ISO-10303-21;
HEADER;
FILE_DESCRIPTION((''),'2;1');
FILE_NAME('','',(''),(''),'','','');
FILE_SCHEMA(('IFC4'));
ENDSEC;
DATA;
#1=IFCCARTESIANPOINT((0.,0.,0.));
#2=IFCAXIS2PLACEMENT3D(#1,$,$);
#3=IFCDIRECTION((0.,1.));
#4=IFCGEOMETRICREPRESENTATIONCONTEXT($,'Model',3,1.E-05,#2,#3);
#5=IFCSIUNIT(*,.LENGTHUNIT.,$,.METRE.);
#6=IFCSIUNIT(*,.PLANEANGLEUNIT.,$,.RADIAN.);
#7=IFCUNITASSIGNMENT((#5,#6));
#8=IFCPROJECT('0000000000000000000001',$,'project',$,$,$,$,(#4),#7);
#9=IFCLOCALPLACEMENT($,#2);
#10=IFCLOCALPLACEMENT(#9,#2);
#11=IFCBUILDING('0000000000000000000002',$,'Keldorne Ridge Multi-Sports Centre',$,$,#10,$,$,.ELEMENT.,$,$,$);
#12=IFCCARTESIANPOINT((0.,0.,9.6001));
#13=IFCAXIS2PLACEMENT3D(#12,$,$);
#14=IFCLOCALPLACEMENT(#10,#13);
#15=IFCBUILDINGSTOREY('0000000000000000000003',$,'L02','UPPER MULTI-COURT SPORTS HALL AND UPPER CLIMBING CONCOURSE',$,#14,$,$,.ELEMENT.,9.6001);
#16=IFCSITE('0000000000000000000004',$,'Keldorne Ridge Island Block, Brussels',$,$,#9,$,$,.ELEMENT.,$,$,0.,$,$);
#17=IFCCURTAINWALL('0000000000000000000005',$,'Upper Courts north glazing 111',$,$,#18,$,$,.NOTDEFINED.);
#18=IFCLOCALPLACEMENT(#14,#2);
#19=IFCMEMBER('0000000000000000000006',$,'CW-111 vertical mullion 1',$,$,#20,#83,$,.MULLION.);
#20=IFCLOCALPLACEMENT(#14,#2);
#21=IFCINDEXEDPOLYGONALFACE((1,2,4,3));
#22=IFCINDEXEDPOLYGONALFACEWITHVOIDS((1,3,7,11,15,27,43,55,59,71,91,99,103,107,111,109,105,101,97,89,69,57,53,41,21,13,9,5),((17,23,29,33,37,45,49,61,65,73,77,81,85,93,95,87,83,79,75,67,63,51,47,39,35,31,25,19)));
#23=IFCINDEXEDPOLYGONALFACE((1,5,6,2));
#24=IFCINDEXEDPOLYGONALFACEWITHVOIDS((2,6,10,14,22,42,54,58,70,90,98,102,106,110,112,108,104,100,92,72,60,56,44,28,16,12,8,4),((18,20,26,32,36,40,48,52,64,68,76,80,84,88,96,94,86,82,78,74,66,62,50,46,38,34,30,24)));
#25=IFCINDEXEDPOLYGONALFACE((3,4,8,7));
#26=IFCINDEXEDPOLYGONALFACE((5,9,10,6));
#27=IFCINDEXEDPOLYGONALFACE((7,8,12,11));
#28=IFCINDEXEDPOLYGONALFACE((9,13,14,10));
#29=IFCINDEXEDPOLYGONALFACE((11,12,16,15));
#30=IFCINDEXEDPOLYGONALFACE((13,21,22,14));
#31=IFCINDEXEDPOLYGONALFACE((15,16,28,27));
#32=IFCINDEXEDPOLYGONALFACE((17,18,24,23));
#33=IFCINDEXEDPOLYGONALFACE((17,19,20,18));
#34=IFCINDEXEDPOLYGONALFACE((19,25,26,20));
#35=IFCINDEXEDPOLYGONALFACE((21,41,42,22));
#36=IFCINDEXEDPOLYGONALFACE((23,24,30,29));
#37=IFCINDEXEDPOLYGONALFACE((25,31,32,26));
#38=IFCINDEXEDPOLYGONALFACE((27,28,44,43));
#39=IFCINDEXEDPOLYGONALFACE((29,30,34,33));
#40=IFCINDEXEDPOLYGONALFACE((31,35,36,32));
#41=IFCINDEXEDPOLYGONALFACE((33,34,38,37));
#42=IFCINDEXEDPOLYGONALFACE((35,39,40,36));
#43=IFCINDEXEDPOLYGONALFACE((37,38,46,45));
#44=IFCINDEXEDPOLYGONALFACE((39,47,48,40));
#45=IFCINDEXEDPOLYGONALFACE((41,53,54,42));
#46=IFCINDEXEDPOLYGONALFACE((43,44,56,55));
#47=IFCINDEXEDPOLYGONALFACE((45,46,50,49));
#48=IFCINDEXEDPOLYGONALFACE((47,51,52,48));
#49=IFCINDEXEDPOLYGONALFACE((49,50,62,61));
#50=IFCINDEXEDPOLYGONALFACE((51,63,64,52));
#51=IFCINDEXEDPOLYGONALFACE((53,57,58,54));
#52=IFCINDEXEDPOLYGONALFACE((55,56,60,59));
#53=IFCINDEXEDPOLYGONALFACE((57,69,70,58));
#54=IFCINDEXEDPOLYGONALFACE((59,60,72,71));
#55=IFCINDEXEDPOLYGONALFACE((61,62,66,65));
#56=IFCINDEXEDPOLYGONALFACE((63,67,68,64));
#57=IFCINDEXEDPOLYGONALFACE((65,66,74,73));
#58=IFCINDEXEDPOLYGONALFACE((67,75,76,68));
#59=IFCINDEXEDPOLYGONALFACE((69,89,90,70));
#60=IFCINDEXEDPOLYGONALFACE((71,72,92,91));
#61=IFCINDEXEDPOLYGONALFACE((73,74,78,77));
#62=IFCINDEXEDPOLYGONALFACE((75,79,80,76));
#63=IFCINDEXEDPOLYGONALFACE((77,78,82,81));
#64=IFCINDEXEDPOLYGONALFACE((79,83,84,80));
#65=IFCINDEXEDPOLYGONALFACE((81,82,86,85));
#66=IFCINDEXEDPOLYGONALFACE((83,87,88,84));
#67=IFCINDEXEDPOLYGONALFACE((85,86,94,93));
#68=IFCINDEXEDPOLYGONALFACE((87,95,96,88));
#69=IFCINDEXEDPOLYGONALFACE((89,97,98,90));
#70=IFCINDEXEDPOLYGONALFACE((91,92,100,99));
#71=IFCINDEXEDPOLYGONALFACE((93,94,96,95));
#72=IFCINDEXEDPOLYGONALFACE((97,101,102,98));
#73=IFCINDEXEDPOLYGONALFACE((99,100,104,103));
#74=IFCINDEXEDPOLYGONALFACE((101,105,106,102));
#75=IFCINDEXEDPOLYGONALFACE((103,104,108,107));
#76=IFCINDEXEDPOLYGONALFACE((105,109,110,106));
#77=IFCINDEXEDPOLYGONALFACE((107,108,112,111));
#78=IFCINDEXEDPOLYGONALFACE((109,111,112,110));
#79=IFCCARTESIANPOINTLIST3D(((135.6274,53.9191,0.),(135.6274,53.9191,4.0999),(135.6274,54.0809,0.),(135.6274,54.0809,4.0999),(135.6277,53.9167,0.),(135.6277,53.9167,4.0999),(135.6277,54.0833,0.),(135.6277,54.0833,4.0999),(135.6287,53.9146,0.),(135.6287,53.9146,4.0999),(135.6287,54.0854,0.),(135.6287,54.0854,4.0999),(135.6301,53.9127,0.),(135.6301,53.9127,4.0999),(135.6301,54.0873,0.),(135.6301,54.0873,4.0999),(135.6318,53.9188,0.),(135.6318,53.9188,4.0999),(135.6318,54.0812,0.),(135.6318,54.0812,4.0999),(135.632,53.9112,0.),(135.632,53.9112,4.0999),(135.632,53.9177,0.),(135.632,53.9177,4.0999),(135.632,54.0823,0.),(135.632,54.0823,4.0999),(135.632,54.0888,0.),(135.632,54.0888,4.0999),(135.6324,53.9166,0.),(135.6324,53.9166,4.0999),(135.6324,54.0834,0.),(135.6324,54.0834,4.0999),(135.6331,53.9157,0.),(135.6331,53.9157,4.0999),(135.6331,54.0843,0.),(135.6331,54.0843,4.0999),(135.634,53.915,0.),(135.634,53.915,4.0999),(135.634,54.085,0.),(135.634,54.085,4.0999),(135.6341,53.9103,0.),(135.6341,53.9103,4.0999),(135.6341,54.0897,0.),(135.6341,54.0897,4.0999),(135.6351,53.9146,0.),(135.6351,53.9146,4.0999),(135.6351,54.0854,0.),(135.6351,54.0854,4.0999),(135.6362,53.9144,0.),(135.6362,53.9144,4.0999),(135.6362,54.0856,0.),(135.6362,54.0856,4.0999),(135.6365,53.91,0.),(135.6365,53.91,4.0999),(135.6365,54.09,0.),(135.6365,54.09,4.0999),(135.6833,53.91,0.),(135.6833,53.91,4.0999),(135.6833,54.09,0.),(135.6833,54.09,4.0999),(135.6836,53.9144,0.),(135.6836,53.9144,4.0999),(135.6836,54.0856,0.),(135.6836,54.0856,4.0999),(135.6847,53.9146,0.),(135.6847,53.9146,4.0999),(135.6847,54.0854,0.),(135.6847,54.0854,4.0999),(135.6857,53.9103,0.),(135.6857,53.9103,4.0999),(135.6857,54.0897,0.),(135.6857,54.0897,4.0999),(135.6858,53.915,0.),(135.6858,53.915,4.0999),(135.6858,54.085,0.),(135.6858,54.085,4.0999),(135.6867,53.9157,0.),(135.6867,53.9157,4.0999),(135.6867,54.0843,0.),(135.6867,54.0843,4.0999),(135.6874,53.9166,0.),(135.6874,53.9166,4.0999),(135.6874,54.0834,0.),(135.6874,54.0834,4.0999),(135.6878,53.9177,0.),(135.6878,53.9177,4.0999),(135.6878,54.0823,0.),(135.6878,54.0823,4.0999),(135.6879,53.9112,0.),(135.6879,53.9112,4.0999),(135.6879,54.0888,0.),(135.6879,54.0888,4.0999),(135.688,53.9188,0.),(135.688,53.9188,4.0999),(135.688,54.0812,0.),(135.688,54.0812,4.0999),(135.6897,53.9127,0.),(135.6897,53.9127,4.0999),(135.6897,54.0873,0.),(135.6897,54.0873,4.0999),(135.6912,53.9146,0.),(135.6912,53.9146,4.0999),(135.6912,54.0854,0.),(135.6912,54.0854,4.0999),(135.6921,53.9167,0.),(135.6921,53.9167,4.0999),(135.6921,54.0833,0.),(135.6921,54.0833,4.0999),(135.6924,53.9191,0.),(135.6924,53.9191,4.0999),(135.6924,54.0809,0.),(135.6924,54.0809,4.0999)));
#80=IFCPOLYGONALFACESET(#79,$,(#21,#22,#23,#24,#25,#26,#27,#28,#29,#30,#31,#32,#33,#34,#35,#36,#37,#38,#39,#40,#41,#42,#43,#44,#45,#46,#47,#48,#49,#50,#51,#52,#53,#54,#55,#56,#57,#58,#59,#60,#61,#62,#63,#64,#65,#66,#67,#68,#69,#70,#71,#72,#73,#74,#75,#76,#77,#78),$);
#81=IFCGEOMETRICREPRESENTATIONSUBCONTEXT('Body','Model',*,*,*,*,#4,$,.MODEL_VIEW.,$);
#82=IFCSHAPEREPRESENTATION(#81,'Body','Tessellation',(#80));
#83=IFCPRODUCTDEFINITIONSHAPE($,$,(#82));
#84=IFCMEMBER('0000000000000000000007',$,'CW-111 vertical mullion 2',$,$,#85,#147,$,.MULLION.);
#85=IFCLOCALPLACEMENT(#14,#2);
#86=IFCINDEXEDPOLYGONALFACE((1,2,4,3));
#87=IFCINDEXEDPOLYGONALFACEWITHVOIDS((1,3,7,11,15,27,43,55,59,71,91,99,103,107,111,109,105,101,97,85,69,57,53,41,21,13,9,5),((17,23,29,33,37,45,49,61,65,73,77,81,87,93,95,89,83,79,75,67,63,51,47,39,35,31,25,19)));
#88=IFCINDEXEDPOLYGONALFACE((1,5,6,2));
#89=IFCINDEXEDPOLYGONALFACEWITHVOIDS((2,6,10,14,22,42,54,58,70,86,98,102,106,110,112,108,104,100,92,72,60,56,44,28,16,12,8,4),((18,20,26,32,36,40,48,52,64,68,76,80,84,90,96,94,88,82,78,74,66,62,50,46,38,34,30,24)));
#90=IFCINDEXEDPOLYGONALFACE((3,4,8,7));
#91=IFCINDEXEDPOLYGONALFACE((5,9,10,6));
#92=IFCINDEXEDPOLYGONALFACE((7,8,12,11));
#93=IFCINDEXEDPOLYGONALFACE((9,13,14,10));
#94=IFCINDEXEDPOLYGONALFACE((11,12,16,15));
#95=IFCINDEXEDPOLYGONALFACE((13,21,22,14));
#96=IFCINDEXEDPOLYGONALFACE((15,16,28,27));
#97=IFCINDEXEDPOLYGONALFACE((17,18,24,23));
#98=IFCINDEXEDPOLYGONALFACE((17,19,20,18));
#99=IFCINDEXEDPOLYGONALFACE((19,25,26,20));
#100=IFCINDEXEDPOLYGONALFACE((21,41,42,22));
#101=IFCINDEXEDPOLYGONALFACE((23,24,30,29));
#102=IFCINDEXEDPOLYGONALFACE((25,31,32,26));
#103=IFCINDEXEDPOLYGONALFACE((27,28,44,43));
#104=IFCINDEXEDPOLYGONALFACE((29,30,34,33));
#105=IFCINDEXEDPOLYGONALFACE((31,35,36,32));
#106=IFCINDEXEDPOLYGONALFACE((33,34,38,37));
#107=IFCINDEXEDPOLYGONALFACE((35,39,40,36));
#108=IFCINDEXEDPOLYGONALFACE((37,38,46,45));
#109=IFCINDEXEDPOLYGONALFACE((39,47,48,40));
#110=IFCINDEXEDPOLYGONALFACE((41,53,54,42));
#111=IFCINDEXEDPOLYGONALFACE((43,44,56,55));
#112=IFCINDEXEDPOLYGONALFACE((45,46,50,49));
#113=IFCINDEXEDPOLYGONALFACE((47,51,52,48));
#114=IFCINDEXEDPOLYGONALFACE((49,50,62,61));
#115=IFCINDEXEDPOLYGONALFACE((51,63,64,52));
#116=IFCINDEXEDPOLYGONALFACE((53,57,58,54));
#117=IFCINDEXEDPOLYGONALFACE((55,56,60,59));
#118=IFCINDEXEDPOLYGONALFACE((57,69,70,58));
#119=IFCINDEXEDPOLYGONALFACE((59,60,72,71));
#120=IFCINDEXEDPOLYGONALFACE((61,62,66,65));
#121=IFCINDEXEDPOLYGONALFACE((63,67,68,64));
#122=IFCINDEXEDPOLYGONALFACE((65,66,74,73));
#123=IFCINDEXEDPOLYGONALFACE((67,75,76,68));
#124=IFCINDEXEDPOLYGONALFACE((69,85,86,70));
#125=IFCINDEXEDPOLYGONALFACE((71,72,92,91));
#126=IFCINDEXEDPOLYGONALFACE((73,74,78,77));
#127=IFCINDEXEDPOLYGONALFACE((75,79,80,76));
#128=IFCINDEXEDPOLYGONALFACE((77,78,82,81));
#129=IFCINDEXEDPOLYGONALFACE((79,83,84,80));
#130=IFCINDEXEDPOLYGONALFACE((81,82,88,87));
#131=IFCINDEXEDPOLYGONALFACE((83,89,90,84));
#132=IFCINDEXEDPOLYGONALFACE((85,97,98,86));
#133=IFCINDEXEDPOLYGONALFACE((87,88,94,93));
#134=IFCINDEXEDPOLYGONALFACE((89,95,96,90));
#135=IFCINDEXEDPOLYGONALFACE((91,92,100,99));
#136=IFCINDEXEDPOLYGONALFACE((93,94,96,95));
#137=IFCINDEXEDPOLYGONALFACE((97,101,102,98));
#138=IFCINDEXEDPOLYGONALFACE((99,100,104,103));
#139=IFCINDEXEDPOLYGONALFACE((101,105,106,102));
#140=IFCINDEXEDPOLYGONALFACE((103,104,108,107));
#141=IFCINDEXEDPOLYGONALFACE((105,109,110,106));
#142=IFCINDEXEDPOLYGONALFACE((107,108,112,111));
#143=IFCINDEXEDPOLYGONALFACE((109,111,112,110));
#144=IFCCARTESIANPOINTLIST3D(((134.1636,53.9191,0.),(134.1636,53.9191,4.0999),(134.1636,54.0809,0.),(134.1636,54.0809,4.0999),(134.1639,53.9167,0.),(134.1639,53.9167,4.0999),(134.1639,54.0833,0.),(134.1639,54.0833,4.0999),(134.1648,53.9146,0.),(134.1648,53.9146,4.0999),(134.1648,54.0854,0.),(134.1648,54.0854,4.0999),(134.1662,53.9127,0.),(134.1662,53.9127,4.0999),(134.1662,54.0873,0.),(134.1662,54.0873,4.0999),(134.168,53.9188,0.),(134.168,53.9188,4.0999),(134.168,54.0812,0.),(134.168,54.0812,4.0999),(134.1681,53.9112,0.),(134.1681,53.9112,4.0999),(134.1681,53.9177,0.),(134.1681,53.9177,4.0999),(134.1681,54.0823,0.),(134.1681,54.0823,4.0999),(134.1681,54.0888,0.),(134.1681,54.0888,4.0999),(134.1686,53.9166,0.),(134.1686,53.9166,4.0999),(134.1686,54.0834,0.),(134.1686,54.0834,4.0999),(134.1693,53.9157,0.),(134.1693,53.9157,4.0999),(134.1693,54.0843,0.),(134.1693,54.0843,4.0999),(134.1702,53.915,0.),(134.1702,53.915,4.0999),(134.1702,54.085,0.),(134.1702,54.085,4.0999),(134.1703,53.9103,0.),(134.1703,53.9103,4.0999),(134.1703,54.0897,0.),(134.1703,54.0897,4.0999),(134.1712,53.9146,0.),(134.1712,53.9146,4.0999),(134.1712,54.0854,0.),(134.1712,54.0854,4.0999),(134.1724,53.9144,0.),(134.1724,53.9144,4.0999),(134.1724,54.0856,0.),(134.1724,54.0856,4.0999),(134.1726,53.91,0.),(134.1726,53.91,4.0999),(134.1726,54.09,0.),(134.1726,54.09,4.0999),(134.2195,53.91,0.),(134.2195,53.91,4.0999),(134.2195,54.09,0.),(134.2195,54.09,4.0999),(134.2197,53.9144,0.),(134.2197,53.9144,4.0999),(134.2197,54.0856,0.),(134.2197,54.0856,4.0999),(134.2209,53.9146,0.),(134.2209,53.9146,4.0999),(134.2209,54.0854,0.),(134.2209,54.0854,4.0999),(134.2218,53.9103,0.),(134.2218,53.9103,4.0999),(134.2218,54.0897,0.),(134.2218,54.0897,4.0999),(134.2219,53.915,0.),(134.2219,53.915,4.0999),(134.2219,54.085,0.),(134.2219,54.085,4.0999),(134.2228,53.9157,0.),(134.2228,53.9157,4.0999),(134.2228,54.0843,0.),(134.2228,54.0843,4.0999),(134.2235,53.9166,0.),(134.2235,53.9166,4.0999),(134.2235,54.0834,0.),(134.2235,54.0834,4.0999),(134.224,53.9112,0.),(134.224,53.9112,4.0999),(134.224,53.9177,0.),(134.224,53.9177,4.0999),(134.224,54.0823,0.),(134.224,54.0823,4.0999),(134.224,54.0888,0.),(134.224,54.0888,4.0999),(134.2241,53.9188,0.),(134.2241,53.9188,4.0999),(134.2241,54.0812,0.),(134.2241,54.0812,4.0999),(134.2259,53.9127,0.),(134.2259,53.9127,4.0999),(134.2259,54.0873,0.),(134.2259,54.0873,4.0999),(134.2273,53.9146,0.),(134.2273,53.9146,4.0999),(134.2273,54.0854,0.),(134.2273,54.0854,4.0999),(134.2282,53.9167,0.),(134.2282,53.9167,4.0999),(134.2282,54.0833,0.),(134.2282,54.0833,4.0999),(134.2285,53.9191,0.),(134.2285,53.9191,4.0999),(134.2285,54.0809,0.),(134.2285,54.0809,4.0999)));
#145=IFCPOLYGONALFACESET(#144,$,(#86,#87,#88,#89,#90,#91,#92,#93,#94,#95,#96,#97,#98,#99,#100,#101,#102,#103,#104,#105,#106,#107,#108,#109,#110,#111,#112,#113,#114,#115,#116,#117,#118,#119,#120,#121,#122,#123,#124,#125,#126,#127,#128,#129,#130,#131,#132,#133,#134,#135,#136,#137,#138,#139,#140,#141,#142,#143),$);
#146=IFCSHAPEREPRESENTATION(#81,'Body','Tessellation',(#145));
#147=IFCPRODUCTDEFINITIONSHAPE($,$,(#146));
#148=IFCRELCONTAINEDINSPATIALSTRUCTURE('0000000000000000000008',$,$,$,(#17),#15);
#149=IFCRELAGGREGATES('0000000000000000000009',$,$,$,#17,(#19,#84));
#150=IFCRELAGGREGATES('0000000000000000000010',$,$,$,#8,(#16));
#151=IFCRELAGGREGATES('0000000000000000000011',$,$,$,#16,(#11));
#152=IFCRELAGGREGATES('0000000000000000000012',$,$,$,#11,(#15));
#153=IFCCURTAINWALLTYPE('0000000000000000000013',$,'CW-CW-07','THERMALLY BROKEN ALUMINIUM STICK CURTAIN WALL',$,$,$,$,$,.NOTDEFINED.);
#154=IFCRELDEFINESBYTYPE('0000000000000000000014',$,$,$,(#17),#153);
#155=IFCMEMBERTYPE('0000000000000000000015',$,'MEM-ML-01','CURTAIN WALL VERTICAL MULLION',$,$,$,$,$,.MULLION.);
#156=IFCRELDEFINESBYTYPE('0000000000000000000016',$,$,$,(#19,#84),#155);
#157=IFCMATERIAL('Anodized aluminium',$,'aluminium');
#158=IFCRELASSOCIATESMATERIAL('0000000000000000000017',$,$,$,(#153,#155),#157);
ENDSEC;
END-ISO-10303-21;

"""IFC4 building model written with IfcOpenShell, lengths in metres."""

from ifc_helpers import new_model, si_unit, direction, frame, origin, origin_2d, place, context, subcontext, project, spatial, hollow_rectangle, extrude, material, material_profile, profile_set, type_object, element, aggregate, save


model = new_model("IFC4")

# Units and contexts
model_context = context("Model", 3, precision=1e-05, world=origin(), true_north=direction((0.0, 1.0)))
body_context = subcontext(model_context, "Body", "Model", "MODEL_VIEW")
ifc_project = project(units=[si_unit("LENGTHUNIT", "METRE"), si_unit("PLANEANGLEUNIT", "RADIAN")], contexts=[model_context])

# Site, building, storey
site_placement = place(None, origin())
site = spatial("IfcSite", under=ifc_project, at=site_placement, Name="Keldorne Ridge Island Block, Brussels", CompositionType="ELEMENT", RefElevation=0.0)
building_placement = place(site_placement, origin())
building = spatial("IfcBuilding", under=site, at=building_placement, Name="Keldorne Ridge Multi-Sports Centre", CompositionType="ELEMENT")
storey_placement = place(building_placement, frame((0.0, 0.0, 9.6001)))
storey = spatial("IfcBuildingStorey", under=building, at=storey_placement, Name="L02", Description="UPPER MULTI-COURT SPORTS HALL AND UPPER CLIMBING CONCOURSE", CompositionType="ELEMENT", Elevation=9.6001)

# Curtain wall, members
ifc_material_1 = material(Name="Anodized aluminium", Category="aluminium")
curtain_wall_type = type_object("IfcCurtainWallType", Name="CW-CW-07", Description="THERMALLY BROKEN ALUMINIUM STICK CURTAIN WALL", PredefinedType="NOTDEFINED", material=ifc_material_1)
curtain_wall_placement = place(storey_placement, origin())
curtain_wall = element("IfcCurtainWall", 1, at=curtain_wall_placement, inside=storey, type_object=curtain_wall_type, Name="Upper Courts north glazing 111", PredefinedType="NOTDEFINED")
ifc_material_profile_1 = material_profile(ifc_material_1, hollow_rectangle(XDim=0.0649, YDim=0.1799, WallThickness=0.0044, InnerFilletRadius=0.0044, OuterFilletRadius=0.009, at=origin_2d()), Name="ALU MULLION 180x65x4.5")
ifc_profile_set_1 = profile_set([ifc_material_profile_1], Name="Anodized aluminium")
member_type_1 = type_object("IfcMemberType", Name="MEM-ML-01", Description="CURTAIN WALL VERTICAL MULLION", PredefinedType="MULLION", material=ifc_profile_set_1)
member_1_placement = place(storey_placement, frame((135.6599, 54.0, 0.0), z_axis=(0.0, 0.0, 1.0), x_axis=(1.0, 0.0, 0.0)))
member_1 = element("IfcMember", 2, at=member_1_placement, type_object=member_type_1, Name="CW-111 vertical mullion 1", PredefinedType="MULLION", context=body_context, shape_type="SweptSolid", body=[
    extrude(hollow_rectangle(XDim=0.0649, YDim=0.1799, WallThickness=0.0044, InnerFilletRadius=0.0044, OuterFilletRadius=0.009, at=origin_2d()), origin(), (0.0, 0.0, 1.0), 4.0999),
])
member_2_placement = place(storey_placement, frame((134.196, 54.0, 0.0), z_axis=(0.0, 0.0, 1.0), x_axis=(1.0, 0.0, 0.0)))
member_2 = element("IfcMember", 3, at=member_2_placement, type_object=member_type_1, Name="CW-111 vertical mullion 2", PredefinedType="MULLION", context=body_context, shape_type="SweptSolid", body=[
    extrude(hollow_rectangle(XDim=0.0649, YDim=0.1799, WallThickness=0.0044, InnerFilletRadius=0.0044, OuterFilletRadius=0.009, at=origin_2d()), origin(), (0.0, 0.0, 1.0), 4.0999),
])
aggregate(curtain_wall, [member_1, member_2])

save(model, "model.ifc")
